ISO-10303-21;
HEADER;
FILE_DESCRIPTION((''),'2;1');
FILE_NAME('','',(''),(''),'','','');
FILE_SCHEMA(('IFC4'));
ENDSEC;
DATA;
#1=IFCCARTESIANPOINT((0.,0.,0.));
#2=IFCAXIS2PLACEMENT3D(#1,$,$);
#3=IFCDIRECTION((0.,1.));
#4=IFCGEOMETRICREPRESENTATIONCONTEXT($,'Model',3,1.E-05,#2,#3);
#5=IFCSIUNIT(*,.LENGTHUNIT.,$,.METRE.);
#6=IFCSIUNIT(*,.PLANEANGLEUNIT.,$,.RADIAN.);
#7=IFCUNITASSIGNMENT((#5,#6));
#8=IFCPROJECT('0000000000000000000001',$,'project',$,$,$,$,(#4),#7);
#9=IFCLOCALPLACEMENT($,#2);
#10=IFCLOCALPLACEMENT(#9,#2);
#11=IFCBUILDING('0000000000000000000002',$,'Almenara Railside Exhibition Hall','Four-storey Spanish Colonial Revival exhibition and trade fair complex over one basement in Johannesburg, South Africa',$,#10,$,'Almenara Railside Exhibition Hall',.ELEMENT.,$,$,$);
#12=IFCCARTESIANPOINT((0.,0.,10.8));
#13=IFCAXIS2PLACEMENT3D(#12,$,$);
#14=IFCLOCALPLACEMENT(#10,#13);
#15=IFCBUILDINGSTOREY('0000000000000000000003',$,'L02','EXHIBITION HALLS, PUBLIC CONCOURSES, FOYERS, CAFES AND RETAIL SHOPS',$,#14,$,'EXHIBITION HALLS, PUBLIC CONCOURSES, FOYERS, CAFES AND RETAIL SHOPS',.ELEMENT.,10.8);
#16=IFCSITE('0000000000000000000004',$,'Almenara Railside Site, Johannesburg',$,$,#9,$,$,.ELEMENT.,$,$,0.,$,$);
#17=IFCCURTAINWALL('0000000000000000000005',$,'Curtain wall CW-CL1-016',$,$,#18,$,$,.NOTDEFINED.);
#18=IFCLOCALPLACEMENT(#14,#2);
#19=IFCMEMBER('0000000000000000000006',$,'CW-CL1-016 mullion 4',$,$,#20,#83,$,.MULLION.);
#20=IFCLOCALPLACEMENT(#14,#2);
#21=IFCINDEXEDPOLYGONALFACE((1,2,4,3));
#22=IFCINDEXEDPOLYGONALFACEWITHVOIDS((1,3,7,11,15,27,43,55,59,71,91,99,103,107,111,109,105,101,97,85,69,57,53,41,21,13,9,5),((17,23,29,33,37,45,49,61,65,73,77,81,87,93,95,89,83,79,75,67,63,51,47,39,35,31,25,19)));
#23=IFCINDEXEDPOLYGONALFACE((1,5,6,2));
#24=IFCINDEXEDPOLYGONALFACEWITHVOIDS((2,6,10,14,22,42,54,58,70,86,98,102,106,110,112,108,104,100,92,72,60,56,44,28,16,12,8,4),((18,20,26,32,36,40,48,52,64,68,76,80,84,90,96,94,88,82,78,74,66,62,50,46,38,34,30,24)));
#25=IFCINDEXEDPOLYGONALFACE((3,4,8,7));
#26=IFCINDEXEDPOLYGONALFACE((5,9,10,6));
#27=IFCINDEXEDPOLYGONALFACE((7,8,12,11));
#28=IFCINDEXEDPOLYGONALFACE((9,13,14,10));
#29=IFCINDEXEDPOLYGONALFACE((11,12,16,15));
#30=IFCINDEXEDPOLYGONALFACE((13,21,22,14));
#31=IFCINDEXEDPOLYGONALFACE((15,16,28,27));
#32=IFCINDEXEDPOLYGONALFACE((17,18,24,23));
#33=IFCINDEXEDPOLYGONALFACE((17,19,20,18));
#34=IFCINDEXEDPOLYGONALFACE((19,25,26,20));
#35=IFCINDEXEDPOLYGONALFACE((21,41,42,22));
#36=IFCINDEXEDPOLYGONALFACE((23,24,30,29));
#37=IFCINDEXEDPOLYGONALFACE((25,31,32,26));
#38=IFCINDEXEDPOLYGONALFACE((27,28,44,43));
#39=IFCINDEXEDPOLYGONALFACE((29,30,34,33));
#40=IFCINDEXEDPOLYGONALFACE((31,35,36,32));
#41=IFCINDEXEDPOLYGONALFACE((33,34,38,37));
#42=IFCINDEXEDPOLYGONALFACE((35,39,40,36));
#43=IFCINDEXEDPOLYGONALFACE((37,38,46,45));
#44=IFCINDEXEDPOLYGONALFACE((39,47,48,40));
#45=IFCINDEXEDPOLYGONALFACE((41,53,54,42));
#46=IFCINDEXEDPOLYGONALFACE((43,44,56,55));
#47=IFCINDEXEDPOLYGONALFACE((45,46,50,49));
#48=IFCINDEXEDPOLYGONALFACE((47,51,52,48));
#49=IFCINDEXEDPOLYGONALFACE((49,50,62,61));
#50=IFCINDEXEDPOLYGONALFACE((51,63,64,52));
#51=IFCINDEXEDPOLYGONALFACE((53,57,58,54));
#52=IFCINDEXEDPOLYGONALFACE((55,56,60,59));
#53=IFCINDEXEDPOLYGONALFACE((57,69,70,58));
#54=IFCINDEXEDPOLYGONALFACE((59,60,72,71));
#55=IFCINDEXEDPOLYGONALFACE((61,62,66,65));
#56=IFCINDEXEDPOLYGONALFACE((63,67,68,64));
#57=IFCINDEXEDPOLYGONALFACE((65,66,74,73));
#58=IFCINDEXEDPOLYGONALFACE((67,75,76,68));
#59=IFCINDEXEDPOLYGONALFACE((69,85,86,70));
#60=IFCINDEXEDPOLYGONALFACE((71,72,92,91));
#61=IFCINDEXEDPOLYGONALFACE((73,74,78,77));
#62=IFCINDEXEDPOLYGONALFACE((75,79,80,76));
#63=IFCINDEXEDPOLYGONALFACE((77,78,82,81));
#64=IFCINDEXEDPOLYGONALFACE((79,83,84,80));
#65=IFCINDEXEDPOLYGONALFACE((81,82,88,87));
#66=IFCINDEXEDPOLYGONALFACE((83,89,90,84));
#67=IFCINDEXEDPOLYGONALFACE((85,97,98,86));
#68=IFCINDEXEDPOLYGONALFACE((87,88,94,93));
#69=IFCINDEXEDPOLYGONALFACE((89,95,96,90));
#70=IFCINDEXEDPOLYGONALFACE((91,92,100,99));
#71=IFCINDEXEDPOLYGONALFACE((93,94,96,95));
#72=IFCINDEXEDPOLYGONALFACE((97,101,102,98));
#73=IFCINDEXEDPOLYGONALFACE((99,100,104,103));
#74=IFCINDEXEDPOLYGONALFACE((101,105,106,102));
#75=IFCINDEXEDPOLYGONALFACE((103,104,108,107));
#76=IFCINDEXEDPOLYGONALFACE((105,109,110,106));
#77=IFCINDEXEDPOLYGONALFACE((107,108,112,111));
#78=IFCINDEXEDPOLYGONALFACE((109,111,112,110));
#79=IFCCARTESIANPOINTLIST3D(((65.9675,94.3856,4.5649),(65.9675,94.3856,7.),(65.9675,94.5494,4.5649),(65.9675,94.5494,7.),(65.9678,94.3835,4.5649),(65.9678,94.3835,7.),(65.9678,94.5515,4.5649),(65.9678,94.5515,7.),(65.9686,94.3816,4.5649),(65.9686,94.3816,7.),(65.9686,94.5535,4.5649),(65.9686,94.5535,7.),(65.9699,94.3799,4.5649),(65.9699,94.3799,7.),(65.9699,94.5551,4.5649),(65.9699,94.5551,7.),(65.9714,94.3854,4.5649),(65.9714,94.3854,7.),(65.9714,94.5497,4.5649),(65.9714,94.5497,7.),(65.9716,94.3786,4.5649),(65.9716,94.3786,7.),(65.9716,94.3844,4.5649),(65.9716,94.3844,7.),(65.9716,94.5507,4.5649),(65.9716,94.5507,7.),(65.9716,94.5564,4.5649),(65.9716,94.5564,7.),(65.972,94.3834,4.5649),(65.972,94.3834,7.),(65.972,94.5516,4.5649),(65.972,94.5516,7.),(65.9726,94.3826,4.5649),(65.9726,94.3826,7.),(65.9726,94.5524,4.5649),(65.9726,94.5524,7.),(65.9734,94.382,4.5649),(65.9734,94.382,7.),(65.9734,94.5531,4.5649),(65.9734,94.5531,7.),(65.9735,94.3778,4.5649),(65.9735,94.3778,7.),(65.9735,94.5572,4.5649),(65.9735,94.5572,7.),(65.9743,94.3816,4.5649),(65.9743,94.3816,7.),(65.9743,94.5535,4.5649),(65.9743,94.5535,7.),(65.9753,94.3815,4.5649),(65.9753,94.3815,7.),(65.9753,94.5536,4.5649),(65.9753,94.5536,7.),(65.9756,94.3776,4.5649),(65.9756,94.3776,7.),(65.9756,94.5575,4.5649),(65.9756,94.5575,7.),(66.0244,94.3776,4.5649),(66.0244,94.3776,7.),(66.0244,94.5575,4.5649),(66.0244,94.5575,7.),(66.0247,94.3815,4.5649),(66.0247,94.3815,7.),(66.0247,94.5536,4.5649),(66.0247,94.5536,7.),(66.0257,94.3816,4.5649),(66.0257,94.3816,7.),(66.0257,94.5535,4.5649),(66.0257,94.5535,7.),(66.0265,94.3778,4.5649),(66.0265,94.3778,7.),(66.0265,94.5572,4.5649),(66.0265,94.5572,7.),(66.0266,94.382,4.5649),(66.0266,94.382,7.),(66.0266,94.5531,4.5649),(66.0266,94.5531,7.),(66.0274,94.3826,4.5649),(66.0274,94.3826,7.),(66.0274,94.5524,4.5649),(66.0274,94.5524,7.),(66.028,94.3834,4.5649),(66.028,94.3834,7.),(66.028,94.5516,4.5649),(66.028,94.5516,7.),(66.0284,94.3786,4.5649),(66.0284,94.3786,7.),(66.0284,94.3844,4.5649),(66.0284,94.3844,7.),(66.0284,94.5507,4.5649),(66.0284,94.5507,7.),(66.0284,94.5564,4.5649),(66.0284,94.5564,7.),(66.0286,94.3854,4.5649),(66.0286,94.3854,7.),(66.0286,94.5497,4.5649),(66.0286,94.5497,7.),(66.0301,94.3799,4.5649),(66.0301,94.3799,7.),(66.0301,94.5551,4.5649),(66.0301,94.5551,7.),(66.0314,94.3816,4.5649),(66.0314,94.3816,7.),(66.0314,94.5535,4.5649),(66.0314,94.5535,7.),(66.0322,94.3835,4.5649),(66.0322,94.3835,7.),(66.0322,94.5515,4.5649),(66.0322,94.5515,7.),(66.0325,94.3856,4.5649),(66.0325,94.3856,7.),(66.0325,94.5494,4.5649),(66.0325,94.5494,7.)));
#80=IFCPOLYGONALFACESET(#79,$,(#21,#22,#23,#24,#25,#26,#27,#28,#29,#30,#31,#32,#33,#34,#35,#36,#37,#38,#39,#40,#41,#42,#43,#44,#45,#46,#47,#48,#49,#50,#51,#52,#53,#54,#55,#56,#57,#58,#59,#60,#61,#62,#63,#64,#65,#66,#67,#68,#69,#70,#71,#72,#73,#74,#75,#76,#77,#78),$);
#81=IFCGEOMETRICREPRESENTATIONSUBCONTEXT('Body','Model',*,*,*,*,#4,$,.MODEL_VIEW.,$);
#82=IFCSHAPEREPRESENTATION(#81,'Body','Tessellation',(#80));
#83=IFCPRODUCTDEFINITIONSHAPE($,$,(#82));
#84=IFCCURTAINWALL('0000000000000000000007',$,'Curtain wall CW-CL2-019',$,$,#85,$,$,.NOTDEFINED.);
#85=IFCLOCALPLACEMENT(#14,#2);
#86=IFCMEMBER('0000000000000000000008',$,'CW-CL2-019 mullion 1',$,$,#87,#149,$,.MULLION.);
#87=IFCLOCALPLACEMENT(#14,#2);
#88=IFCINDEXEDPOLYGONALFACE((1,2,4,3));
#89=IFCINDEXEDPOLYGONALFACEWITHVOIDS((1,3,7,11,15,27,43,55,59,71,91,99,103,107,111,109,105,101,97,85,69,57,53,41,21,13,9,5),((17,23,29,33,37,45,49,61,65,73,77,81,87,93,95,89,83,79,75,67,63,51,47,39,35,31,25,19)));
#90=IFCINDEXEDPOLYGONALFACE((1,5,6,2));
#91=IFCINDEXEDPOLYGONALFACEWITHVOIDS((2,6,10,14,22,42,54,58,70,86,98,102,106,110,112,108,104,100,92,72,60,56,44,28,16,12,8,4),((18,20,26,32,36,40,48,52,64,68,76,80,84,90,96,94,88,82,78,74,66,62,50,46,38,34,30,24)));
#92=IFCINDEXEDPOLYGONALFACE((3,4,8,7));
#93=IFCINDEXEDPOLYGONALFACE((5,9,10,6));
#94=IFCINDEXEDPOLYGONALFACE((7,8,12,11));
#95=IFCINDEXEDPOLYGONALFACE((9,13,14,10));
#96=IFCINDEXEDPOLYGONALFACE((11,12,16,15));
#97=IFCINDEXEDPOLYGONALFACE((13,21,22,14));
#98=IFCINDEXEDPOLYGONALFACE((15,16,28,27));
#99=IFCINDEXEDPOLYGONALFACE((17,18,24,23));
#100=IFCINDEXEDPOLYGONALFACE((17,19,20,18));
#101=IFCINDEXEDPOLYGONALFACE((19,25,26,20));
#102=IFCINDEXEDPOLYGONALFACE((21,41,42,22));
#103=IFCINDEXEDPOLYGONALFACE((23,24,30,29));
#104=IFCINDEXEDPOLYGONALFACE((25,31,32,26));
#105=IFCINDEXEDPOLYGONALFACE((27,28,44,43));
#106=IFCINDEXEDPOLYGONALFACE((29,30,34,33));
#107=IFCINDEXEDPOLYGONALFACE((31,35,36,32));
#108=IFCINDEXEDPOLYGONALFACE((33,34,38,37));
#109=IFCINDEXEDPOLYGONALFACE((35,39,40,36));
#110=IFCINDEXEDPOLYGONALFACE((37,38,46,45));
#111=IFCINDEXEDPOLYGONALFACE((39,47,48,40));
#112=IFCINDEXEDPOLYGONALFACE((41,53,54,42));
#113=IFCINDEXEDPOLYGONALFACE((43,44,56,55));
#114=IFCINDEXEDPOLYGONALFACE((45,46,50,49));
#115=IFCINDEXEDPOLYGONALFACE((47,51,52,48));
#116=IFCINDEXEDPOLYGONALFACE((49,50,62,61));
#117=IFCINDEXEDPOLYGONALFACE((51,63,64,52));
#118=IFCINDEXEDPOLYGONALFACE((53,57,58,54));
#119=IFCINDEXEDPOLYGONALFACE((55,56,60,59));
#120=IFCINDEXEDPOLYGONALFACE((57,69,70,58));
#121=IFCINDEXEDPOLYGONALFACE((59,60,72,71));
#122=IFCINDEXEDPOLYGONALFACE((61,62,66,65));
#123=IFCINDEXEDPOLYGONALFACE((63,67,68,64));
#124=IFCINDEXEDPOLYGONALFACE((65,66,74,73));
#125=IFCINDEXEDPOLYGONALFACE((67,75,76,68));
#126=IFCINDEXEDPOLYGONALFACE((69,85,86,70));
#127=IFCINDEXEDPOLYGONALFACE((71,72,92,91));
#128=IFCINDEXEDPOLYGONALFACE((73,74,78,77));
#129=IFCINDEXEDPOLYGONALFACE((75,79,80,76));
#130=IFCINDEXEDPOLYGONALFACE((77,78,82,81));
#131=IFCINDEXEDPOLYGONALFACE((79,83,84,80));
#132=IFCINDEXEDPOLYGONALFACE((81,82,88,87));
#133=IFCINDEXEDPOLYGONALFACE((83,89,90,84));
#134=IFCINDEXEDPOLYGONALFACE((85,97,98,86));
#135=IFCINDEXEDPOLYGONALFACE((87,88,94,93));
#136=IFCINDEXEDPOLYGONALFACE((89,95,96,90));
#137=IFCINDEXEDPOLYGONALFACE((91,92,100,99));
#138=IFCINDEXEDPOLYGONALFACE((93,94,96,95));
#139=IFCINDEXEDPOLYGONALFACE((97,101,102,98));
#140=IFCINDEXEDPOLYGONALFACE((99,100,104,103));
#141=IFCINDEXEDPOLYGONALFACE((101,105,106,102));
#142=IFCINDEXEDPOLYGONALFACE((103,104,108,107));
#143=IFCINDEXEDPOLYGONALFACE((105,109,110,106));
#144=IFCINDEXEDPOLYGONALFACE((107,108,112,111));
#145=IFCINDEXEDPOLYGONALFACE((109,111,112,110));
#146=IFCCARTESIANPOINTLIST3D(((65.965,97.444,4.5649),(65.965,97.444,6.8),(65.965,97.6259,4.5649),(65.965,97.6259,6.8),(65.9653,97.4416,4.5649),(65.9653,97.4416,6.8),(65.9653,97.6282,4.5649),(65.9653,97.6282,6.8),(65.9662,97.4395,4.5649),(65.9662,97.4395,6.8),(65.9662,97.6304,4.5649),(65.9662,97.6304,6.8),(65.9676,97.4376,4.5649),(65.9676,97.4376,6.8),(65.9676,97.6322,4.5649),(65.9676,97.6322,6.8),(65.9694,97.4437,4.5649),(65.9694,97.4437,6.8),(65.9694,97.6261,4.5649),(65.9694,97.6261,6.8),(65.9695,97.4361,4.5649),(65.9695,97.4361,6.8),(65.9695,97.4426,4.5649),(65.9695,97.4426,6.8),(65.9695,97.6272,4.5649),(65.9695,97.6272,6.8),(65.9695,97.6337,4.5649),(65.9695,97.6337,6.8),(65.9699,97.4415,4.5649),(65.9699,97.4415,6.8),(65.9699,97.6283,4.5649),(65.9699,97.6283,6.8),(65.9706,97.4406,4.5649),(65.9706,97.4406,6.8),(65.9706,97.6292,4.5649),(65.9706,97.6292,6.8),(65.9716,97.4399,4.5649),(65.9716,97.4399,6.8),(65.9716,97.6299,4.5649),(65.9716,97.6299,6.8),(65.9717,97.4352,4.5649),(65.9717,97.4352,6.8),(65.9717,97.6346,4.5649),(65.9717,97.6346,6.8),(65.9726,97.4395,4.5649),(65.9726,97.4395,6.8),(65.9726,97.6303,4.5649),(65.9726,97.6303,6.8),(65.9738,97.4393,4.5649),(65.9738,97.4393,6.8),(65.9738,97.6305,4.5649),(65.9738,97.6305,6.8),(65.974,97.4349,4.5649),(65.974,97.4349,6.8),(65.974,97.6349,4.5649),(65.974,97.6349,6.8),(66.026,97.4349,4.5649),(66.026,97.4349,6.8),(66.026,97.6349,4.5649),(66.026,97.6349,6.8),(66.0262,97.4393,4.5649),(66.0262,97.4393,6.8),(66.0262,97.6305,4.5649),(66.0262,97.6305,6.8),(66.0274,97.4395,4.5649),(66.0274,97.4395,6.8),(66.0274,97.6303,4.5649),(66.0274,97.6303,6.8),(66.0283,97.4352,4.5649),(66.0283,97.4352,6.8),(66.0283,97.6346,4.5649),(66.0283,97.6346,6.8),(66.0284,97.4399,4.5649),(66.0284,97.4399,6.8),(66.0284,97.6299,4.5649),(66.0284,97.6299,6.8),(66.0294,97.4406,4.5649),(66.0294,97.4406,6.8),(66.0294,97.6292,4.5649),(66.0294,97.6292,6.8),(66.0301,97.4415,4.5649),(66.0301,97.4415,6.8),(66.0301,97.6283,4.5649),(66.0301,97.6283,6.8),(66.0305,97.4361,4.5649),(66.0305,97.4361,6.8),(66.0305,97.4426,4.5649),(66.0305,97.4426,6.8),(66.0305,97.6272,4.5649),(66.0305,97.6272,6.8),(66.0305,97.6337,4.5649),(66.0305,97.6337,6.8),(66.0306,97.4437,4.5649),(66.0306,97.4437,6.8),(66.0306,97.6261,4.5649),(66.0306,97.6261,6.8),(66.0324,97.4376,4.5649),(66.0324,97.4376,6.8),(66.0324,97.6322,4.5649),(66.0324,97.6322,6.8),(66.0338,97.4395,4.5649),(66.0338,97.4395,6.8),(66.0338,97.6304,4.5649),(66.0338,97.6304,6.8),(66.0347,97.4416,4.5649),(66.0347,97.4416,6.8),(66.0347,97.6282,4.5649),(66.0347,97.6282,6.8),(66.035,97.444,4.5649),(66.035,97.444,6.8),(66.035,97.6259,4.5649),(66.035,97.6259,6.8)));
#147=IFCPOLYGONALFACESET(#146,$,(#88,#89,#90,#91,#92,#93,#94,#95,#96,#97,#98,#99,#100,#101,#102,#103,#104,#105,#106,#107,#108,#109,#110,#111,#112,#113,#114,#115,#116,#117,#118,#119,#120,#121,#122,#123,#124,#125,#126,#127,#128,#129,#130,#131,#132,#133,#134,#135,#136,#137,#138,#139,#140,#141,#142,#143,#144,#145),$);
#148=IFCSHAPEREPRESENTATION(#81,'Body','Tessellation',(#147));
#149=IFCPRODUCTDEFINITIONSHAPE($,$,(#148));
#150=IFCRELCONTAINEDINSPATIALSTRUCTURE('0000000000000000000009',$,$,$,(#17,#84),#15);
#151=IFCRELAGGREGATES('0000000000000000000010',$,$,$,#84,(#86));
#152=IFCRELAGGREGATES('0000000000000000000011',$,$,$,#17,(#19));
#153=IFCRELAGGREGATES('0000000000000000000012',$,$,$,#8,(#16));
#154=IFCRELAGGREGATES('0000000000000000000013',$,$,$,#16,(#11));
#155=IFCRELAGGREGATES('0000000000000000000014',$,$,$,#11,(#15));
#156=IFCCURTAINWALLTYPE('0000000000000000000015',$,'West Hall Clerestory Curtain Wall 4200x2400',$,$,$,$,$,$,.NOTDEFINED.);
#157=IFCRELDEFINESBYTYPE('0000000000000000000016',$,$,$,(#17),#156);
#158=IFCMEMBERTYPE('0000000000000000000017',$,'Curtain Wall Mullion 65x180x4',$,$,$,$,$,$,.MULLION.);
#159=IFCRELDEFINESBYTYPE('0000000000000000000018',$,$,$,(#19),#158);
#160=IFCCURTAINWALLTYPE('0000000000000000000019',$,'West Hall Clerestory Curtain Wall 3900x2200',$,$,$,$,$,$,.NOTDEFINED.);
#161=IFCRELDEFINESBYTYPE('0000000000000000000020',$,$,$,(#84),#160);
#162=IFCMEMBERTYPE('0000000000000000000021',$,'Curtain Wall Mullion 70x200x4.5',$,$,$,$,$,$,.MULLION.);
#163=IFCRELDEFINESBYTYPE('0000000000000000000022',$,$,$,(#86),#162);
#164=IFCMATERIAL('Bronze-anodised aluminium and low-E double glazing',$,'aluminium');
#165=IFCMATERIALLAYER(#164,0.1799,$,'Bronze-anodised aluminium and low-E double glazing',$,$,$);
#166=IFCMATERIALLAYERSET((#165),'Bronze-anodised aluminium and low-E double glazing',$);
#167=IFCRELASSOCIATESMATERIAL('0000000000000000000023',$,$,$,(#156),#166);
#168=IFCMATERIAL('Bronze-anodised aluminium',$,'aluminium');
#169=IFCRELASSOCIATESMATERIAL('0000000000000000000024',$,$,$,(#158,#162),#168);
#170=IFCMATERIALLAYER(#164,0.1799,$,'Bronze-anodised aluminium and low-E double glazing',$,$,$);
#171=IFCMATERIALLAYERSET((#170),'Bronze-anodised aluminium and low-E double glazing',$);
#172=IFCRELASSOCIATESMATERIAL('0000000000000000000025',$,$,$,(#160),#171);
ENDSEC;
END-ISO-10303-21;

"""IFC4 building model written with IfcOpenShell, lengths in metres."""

from ifc_helpers import new_model, si_unit, direction, frame, origin, origin_2d, place, context, subcontext, project, spatial, hollow_rectangle, extrude, material, layer, layer_set, material_profile, profile_set, type_object, element, aggregate, save


model = new_model("IFC4")

# Units and contexts
model_context = context("Model", 3, precision=1e-05, world=origin(), true_north=direction((0.0, 1.0)))
body_context = subcontext(model_context, "Body", "Model", "MODEL_VIEW")
ifc_project = project(units=[si_unit("LENGTHUNIT", "METRE"), si_unit("PLANEANGLEUNIT", "RADIAN")], contexts=[model_context])

# Site, building, storey
site_placement = place(None, origin())
site = spatial("IfcSite", under=ifc_project, at=site_placement, Name="Almenara Railside Site, Johannesburg", CompositionType="ELEMENT", RefElevation=0.0)
building_placement = place(site_placement, origin())
building = spatial("IfcBuilding", under=site, at=building_placement, Name="Almenara Railside Exhibition Hall", Description="Four-storey Spanish Colonial Revival exhibition and trade fair complex over one basement in Johannesburg, South Africa", LongName="Almenara Railside Exhibition Hall", CompositionType="ELEMENT")
storey_placement = place(building_placement, frame((0.0, 0.0, 10.8)))
storey = spatial("IfcBuildingStorey", under=building, at=storey_placement, Name="L02", Description="EXHIBITION HALLS, PUBLIC CONCOURSES, FOYERS, CAFES AND RETAIL SHOPS", LongName="EXHIBITION HALLS, PUBLIC CONCOURSES, FOYERS, CAFES AND RETAIL SHOPS", CompositionType="ELEMENT", Elevation=10.8)

# Curtain wall, member
ifc_material_1 = material(Name="Bronze-anodised aluminium and low-E double glazing", Category="aluminium")
ifc_layer_1 = layer(ifc_material_1, 0.1799, Name="Bronze-anodised aluminium and low-E double glazing")
ifc_layer_set_1 = layer_set([ifc_layer_1], Name="Bronze-anodised aluminium and low-E double glazing")
curtain_wall_type_1 = type_object("IfcCurtainWallType", Name="West Hall Clerestory Curtain Wall 4200x2400", PredefinedType="NOTDEFINED", material=ifc_layer_set_1)
curtain_wall_1_placement = place(storey_placement, origin())
curtain_wall_1 = element("IfcCurtainWall", 1, at=curtain_wall_1_placement, inside=storey, type_object=curtain_wall_type_1, Name="Curtain wall CW-CL1-016", PredefinedType="NOTDEFINED")
ifc_material_2 = material(Name="Bronze-anodised aluminium", Category="aluminium")
ifc_material_profile_1 = material_profile(ifc_material_2, hollow_rectangle(XDim=0.0649, YDim=0.1799, WallThickness=0.0039, InnerFilletRadius=0.0039, OuterFilletRadius=0.0081, at=origin_2d()), Name="ALU-MUL 65x180x4")
ifc_profile_set_1 = profile_set([ifc_material_profile_1], Name="Bronze-anodised aluminium")
member_type_1 = type_object("IfcMemberType", Name="Curtain Wall Mullion 65x180x4", PredefinedType="MULLION", material=ifc_profile_set_1)
member_1_placement = place(storey_placement, frame((66.0, 94.4675, 4.5649), z_axis=(0.0, 0.0, 1.0), x_axis=(-1.0, 0.0, 0.0)))
member_1 = element("IfcMember", 2, at=member_1_placement, type_object=member_type_1, Name="CW-CL1-016 mullion 4", PredefinedType="MULLION", context=body_context, shape_type="SweptSolid", body=[
    extrude(hollow_rectangle(XDim=0.0649, YDim=0.1799, WallThickness=0.0039, InnerFilletRadius=0.0039, OuterFilletRadius=0.0081, at=origin_2d()), origin(), (0.0, 0.0, 1.0), 2.4351),
])

# Curtain wall, member
ifc_layer_2 = layer(ifc_material_1, 0.1799, Name="Bronze-anodised aluminium and low-E double glazing")
ifc_layer_set_2 = layer_set([ifc_layer_2], Name="Bronze-anodised aluminium and low-E double glazing")
curtain_wall_type_2 = type_object("IfcCurtainWallType", Name="West Hall Clerestory Curtain Wall 3900x2200", PredefinedType="NOTDEFINED", material=ifc_layer_set_2)
curtain_wall_2_placement = place(storey_placement, origin())
curtain_wall_2 = element("IfcCurtainWall", 3, at=curtain_wall_2_placement, inside=storey, type_object=curtain_wall_type_2, Name="Curtain wall CW-CL2-019", PredefinedType="NOTDEFINED")
ifc_material_profile_2 = material_profile(ifc_material_2, hollow_rectangle(XDim=0.0701, YDim=0.2, WallThickness=0.0044, InnerFilletRadius=0.0044, OuterFilletRadius=0.009, at=origin_2d()), Name="ALU-MUL 70x200x4.5")
ifc_profile_set_2 = profile_set([ifc_material_profile_2], Name="Bronze-anodised aluminium")
member_type_2 = type_object("IfcMemberType", Name="Curtain Wall Mullion 70x200x4.5", PredefinedType="MULLION", material=ifc_profile_set_2)
member_2_placement = place(storey_placement, frame((66.0, 97.5349, 4.5649), z_axis=(0.0, 0.0, 1.0), x_axis=(-1.0, 0.0, 0.0)))
member_2 = element("IfcMember", 4, at=member_2_placement, type_object=member_type_2, Name="CW-CL2-019 mullion 1", PredefinedType="MULLION", context=body_context, shape_type="SweptSolid", body=[
    extrude(hollow_rectangle(XDim=0.0701, YDim=0.2, WallThickness=0.0044, InnerFilletRadius=0.0044, OuterFilletRadius=0.009, at=origin_2d()), origin(), (0.0, 0.0, 1.0), 2.2351),
])

aggregate(curtain_wall_2, [member_2])

aggregate(curtain_wall_1, [member_1])

save(model, "model.ifc")
